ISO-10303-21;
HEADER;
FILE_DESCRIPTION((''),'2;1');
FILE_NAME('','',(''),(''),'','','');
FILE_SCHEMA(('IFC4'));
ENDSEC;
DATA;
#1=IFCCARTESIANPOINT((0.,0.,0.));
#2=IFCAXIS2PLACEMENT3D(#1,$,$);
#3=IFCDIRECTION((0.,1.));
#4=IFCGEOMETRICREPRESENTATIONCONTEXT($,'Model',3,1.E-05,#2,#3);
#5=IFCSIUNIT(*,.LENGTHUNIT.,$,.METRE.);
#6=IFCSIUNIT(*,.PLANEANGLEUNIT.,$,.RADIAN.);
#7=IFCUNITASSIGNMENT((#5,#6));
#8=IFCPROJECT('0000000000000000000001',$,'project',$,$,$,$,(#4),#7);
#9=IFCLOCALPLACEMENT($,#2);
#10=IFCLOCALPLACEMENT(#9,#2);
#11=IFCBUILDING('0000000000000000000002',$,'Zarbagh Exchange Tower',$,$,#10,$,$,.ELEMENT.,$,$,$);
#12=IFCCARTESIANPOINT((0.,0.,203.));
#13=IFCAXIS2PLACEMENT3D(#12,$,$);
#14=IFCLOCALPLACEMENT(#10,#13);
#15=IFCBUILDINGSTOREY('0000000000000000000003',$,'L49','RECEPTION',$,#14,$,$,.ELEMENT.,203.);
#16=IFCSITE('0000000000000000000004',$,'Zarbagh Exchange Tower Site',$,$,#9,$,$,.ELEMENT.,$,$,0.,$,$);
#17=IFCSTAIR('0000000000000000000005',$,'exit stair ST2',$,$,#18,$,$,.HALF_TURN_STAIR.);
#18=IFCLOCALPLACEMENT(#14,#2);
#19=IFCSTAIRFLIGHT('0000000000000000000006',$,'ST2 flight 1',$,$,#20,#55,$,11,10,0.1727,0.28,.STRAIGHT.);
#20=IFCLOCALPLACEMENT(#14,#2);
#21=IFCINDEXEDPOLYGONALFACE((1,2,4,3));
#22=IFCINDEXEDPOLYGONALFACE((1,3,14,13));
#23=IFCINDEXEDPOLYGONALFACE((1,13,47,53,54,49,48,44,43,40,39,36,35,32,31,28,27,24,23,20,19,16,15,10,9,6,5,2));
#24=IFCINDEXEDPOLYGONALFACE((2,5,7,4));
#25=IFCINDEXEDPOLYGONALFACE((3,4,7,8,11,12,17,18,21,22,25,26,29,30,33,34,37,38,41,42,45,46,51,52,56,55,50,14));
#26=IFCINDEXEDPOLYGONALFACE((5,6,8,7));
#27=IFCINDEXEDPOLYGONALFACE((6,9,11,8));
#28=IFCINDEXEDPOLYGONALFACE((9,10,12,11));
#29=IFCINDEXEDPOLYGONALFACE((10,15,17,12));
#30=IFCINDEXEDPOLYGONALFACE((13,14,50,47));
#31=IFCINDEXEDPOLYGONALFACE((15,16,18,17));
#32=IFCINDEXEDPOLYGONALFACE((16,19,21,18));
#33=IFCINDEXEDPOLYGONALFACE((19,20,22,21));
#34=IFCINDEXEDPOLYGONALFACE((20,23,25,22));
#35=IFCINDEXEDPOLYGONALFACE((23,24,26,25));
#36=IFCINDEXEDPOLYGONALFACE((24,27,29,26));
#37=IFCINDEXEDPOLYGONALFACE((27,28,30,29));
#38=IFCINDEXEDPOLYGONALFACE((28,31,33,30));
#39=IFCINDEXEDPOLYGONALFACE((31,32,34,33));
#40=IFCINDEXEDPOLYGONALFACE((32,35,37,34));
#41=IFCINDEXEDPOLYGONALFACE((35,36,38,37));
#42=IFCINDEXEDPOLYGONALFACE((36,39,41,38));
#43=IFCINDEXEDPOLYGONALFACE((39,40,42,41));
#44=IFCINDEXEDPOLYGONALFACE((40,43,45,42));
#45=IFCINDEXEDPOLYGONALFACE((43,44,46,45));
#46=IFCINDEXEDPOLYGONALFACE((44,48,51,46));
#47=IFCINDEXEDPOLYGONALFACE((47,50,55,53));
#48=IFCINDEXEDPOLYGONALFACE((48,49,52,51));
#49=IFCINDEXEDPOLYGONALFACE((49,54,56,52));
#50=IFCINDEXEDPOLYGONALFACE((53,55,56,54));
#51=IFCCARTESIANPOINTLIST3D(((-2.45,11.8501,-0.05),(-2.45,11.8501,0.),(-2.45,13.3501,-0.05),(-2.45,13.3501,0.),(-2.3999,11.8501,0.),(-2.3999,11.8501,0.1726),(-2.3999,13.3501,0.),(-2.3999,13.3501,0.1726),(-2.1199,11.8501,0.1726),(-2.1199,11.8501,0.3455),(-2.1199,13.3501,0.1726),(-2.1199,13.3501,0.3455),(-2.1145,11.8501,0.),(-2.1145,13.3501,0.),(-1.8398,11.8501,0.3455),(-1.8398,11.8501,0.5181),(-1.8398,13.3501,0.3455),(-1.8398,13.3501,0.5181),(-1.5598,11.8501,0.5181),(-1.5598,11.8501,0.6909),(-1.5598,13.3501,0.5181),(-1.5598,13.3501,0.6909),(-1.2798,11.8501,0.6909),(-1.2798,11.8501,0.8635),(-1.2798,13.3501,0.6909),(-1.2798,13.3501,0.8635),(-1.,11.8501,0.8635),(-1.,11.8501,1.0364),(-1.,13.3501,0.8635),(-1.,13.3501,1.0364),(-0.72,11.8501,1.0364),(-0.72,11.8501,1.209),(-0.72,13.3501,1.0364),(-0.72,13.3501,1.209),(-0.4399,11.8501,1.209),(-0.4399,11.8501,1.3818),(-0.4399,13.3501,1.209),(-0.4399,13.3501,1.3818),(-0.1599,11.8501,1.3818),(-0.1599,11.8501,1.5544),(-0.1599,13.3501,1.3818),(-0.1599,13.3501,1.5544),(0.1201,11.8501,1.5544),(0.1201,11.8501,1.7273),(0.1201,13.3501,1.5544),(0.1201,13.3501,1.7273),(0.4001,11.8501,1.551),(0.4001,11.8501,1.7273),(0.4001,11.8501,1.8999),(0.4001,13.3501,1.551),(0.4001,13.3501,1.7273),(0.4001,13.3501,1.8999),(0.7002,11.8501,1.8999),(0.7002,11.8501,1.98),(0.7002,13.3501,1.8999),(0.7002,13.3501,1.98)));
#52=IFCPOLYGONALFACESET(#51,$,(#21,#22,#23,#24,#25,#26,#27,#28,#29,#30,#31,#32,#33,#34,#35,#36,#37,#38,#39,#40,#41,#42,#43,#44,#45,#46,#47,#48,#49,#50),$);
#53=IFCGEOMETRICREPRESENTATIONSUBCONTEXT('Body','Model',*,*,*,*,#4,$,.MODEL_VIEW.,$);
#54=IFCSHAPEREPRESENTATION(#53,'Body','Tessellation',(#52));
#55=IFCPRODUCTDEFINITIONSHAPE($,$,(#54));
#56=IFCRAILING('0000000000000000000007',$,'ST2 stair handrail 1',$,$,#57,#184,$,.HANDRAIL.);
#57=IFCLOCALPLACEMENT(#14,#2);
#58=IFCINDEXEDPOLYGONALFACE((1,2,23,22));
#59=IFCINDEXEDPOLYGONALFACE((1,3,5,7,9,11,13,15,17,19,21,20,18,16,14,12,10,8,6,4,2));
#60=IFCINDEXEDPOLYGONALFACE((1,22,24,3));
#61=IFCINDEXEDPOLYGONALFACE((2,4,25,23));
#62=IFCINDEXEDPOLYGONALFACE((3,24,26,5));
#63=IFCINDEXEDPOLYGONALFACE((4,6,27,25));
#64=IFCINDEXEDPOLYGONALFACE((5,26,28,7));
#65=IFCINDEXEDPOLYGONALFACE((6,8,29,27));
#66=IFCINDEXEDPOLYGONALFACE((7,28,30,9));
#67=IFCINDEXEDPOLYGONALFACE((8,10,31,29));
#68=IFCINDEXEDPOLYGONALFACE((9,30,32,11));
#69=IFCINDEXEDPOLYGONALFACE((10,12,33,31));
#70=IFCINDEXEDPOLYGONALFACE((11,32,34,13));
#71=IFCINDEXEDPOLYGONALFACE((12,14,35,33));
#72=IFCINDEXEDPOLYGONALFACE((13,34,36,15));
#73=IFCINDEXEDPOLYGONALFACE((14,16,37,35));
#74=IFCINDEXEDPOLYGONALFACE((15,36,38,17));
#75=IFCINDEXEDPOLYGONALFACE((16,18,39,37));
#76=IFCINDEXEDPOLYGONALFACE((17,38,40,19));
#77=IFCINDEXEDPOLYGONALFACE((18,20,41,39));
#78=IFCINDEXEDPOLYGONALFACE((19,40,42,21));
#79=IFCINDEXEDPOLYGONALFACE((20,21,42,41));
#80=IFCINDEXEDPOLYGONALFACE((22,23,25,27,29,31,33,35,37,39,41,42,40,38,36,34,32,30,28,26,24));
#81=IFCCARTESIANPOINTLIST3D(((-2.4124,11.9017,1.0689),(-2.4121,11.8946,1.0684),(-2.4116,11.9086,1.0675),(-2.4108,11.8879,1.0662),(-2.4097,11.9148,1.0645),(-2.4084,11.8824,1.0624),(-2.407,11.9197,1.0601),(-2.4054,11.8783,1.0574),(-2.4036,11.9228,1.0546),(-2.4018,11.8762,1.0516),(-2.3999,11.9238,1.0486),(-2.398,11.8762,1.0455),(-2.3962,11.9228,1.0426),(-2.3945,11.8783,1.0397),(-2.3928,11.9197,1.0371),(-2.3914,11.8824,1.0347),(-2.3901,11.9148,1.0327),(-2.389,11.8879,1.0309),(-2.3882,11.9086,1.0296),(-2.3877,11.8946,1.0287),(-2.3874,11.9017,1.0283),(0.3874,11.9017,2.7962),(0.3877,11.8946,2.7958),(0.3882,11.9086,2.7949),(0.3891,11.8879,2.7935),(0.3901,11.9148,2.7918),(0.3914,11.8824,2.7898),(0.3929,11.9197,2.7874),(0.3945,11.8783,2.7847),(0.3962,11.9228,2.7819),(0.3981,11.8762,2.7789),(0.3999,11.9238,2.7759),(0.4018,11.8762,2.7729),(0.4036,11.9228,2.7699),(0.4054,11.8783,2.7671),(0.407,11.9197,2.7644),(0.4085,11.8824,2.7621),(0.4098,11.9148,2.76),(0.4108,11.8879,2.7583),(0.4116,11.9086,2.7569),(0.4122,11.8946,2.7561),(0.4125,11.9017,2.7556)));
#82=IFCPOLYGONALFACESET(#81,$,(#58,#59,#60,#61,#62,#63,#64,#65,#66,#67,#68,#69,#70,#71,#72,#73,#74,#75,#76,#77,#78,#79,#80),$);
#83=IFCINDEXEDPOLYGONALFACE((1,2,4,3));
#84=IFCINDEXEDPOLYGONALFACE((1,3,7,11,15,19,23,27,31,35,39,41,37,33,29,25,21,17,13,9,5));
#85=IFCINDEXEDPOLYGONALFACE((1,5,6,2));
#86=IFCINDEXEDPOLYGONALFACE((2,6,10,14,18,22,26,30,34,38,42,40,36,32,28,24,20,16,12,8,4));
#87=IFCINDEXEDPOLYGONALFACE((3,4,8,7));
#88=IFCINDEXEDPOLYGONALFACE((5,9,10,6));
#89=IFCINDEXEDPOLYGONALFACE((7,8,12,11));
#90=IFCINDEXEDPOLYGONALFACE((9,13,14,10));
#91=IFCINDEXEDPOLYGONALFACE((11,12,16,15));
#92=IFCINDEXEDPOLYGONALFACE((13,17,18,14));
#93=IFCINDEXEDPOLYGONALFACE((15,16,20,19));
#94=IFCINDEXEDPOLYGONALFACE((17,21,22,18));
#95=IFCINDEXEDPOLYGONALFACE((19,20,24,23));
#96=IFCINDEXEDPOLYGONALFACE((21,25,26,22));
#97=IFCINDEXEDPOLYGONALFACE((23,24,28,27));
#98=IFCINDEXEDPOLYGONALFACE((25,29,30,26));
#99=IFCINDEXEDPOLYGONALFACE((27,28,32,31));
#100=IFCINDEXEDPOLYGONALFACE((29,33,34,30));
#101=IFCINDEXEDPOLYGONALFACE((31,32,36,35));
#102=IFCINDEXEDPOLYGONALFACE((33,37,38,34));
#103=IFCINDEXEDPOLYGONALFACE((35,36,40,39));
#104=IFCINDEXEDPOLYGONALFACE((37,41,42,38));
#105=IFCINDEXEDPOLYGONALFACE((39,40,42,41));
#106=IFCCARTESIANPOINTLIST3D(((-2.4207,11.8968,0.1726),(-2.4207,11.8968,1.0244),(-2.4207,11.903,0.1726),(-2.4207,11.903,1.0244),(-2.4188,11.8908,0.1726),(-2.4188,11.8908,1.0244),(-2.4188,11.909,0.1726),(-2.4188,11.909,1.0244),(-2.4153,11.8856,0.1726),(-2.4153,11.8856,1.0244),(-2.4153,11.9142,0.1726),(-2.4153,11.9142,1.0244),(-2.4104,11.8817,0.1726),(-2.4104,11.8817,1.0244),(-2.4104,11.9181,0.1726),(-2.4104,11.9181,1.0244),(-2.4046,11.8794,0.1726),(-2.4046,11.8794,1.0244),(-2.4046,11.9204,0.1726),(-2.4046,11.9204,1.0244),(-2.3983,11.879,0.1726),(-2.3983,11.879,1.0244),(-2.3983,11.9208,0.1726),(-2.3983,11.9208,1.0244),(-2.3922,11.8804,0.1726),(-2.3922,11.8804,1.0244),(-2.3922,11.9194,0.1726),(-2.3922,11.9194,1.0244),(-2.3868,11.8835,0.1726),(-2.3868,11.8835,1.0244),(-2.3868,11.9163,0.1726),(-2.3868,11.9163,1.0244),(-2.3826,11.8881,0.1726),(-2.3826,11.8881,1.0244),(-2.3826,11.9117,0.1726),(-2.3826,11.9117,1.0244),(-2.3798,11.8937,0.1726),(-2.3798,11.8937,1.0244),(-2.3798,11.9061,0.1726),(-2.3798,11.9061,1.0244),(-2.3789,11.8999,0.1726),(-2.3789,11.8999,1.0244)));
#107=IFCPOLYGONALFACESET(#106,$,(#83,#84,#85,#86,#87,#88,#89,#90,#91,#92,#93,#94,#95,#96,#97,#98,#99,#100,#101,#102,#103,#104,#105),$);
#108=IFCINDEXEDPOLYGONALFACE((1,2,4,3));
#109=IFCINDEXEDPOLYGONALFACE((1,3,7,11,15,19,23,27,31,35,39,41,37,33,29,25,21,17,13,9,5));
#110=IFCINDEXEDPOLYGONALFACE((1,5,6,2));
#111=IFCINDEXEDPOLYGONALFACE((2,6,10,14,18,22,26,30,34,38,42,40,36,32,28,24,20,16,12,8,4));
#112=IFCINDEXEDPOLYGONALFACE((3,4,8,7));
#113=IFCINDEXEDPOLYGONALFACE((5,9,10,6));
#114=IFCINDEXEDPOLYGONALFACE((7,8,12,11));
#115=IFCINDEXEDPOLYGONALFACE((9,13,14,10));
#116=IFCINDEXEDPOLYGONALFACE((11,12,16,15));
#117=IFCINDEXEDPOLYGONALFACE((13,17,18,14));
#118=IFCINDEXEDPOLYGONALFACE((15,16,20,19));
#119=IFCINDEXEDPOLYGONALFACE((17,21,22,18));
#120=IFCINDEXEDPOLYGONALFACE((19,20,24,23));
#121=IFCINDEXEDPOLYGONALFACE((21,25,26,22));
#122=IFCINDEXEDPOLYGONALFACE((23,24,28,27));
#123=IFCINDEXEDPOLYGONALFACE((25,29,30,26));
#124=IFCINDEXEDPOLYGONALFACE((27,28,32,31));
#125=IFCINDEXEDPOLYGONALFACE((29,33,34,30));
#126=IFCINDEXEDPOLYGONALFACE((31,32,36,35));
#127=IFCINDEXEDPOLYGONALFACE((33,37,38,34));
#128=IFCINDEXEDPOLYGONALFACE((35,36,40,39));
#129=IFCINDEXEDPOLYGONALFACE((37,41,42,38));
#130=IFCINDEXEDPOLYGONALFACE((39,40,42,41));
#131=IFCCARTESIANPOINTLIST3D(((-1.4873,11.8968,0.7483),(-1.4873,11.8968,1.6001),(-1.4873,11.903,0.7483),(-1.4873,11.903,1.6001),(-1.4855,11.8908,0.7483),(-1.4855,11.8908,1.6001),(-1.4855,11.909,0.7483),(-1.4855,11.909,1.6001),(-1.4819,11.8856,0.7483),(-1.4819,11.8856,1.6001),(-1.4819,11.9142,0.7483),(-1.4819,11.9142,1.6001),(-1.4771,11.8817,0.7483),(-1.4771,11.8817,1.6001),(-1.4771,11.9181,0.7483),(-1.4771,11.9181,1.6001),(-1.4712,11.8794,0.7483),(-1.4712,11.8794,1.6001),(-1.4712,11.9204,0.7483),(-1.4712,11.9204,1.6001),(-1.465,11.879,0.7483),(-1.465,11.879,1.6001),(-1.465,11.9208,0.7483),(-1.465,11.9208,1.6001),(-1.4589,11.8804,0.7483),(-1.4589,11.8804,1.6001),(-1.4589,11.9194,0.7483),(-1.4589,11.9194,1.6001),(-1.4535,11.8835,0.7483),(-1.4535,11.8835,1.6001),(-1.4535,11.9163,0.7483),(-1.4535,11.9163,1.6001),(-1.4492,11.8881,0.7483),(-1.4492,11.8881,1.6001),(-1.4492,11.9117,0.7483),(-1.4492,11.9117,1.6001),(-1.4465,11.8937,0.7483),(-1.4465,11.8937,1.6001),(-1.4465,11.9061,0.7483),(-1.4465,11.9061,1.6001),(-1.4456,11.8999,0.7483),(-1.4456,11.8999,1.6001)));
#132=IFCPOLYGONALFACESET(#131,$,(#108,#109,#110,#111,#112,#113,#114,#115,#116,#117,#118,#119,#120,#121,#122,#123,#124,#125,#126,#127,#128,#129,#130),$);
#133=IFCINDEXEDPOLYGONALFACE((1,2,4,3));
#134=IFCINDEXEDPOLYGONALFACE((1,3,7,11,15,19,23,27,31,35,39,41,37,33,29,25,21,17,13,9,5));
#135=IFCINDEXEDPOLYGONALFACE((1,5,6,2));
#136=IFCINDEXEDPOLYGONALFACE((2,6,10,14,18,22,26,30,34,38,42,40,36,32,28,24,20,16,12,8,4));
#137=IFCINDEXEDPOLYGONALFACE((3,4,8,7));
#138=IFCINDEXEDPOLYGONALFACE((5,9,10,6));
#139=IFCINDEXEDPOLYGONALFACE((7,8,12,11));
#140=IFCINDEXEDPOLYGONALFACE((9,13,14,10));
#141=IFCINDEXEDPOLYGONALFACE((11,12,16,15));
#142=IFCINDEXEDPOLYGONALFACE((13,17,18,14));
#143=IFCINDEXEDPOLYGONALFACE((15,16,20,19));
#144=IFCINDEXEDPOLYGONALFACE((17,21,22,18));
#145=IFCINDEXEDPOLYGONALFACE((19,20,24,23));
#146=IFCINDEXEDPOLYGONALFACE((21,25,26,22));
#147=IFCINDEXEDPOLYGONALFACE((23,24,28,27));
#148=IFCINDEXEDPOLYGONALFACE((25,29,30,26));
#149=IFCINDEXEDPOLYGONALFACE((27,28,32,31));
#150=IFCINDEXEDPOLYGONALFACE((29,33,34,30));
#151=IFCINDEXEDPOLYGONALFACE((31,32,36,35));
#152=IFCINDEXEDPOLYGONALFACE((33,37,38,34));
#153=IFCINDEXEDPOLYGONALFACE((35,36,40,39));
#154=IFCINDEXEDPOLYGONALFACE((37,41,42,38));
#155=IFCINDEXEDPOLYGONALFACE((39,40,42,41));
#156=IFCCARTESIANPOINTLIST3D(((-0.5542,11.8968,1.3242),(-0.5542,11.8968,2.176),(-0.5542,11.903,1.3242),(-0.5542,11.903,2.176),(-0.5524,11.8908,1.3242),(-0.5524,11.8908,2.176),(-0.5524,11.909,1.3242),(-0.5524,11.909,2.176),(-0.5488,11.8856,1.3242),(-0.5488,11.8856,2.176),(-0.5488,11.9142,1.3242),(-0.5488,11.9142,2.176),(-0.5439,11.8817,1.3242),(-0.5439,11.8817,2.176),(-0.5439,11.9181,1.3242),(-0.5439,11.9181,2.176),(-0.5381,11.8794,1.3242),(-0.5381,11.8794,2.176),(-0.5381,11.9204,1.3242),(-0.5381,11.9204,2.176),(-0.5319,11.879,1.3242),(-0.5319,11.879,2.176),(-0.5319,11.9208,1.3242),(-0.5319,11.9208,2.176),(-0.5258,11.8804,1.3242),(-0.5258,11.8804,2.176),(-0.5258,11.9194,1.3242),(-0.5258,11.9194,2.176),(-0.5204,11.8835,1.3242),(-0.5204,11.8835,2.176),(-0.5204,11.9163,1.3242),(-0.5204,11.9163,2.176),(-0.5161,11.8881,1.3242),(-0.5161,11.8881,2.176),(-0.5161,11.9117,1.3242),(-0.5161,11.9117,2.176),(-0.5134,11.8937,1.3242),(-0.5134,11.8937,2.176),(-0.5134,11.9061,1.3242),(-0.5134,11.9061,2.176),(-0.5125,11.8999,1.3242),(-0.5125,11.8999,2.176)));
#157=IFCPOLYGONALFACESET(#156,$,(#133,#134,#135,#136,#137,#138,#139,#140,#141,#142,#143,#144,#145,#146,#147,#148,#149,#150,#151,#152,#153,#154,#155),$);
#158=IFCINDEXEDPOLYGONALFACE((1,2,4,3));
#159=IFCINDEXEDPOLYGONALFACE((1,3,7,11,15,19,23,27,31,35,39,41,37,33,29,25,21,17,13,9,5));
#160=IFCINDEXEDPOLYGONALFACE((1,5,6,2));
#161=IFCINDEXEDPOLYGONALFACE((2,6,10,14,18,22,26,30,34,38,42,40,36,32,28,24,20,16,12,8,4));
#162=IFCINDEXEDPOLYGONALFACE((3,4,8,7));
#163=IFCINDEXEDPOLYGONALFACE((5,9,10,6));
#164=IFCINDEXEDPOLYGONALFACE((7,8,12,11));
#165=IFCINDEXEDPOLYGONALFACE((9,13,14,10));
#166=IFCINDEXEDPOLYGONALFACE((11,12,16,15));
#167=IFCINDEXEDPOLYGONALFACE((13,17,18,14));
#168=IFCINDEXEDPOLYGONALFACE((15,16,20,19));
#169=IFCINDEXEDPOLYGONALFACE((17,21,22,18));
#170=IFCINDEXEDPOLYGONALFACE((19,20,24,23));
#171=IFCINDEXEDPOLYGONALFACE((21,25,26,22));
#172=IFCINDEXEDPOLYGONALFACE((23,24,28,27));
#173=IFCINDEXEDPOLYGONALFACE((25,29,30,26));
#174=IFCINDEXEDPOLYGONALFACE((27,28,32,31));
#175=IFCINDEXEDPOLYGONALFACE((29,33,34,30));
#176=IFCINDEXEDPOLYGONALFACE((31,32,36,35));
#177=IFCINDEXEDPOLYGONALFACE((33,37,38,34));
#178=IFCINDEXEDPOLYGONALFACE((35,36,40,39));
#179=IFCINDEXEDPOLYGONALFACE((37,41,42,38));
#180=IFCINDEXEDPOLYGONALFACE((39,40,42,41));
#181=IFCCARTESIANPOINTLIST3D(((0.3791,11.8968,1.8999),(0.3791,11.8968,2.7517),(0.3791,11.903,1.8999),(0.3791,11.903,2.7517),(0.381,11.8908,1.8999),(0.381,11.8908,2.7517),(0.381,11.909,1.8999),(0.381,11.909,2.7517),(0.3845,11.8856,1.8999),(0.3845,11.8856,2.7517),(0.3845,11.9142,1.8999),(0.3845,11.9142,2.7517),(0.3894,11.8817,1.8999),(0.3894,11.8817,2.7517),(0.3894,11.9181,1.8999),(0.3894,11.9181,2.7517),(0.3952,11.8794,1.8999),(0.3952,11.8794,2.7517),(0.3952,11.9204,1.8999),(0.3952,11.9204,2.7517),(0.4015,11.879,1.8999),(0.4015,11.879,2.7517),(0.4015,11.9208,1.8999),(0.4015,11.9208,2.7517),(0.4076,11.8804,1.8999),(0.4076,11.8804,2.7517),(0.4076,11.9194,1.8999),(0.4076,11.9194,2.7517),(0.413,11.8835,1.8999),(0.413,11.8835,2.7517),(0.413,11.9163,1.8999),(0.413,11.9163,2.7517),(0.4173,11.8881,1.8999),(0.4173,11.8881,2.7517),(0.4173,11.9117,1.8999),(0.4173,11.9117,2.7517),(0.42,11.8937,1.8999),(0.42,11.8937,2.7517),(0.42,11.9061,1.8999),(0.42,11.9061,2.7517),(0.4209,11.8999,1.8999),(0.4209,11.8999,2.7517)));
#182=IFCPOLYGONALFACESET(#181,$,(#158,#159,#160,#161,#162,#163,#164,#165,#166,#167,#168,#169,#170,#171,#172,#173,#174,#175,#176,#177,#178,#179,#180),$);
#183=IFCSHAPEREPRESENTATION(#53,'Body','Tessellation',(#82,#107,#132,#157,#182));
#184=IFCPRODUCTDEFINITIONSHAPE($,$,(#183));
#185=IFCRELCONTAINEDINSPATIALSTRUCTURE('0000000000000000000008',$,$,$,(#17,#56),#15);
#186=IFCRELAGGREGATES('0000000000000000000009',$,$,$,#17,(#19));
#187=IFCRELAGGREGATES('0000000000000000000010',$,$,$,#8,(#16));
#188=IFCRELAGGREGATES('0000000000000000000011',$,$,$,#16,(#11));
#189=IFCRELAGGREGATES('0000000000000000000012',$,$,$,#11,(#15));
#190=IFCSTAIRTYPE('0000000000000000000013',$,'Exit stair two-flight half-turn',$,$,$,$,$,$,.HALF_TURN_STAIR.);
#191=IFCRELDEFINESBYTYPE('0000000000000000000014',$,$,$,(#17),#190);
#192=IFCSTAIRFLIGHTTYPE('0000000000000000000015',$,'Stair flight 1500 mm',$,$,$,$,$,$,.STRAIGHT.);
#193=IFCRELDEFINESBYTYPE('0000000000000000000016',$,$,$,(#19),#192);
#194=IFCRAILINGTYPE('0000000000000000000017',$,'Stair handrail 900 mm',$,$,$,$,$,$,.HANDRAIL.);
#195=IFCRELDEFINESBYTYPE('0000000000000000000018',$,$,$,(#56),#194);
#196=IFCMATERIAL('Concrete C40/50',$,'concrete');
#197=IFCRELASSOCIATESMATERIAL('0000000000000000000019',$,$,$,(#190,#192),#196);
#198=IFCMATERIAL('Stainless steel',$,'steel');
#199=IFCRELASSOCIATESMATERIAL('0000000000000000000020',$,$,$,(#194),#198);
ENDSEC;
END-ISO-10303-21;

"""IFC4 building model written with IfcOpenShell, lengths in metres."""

from ifc_helpers import new_model, si_unit, direction, frame, origin, origin_2d, place, context, subcontext, project, spatial, polyline, circle, outline, extrude, material, type_object, element, aggregate, save


model = new_model("IFC4")

# Units and contexts
model_context = context("Model", 3, precision=1e-05, world=origin(), true_north=direction((0.0, 1.0)))
body_context = subcontext(model_context, "Body", "Model", "MODEL_VIEW")
ifc_project = project(units=[si_unit("LENGTHUNIT", "METRE"), si_unit("PLANEANGLEUNIT", "RADIAN")], contexts=[model_context])

# Site, building, storey
site_placement = place(None, origin())
site = spatial("IfcSite", under=ifc_project, at=site_placement, Name="Zarbagh Exchange Tower Site", CompositionType="ELEMENT", RefElevation=0.0)
building_placement = place(site_placement, origin())
building = spatial("IfcBuilding", under=site, at=building_placement, Name="Zarbagh Exchange Tower", CompositionType="ELEMENT")
storey_placement = place(building_placement, frame((0.0, 0.0, 203.0)))
storey = spatial("IfcBuildingStorey", under=building, at=storey_placement, Name="L49", Description="RECEPTION", CompositionType="ELEMENT", Elevation=203.0)

# Shared definitions
ifc_material_1 = material(Name="Concrete C40/50", Category="concrete")

# Stair, stair flight
stair_type = type_object("IfcStairType", Name="Exit stair two-flight half-turn", PredefinedType="HALF_TURN_STAIR", material=ifc_material_1)
stair_placement = place(storey_placement, origin())
stair = element("IfcStair", 1, at=stair_placement, inside=storey, type_object=stair_type, Name="exit stair ST2", PredefinedType="HALF_TURN_STAIR")
stair_flight_type = type_object("IfcStairFlightType", Name="Stair flight 1500 mm", PredefinedType="STRAIGHT", material=ifc_material_1)
stair_flight_placement = place(storey_placement, frame((-2.3999, 12.6001, 0.0), z_axis=(0.0, 0.0, 1.0), x_axis=(1.0, 0.0, 0.0)))
stair_flight = element("IfcStairFlight", 2, at=stair_flight_placement, type_object=stair_flight_type, Name="ST2 flight 1", NumberOfRisers=11, NumberOfTreads=10, PredefinedType="STRAIGHT", RiserHeight=0.1727, TreadLength=0.28, context=body_context, shape_type="SweptSolid", body=[
    extrude(outline(polyline([(-0.05, -0.05), (-0.05, 0.0), (0.0, 0.0), (0.0, 0.1726), (0.28, 0.1726), (0.28, 0.3455), (0.5601, 0.3455), (0.5601, 0.5181), (0.8401, 0.5181), (0.8401, 0.6909), (1.1201, 0.6909), (1.1201, 0.8635), (1.3999, 0.8635), (1.3999, 1.0364), (1.6799, 1.0364), (1.6799, 1.209), (1.96, 1.209), (1.96, 1.3818), (2.24, 1.3818), (2.24, 1.5544), (2.52, 1.5544), (2.52, 1.7273), (2.8, 1.7273), (2.8, 1.8999), (3.1001, 1.98), (3.1001, 1.8999), (2.8, 1.551), (0.2854, 0.0), (-0.05, -0.05)])), frame((0.0, 0.75, 0.0), z_axis=(0.0, -1.0, 0.0), x_axis=(1.0, 0.0, 0.0)), (0.0, 0.0, 1.0), 1.5),
])
aggregate(stair, [stair_flight])

# Railing
ifc_material_2 = material(Name="Stainless steel", Category="steel")
railing_type_1 = type_object("IfcRailingType", Name="Stair handrail 900 mm", PredefinedType="HANDRAIL", material=ifc_material_2)
railing_1_placement = place(storey_placement, frame((-2.3999, 11.8999, 0.1726)))
element("IfcRailing", 3, at=railing_1_placement, inside=storey, type_object=railing_type_1, Name="ST2 stair handrail 1", PredefinedType="HANDRAIL", context=body_context, shape_type="SweptSolid", body=[
    extrude(circle(Radius=0.0239, at=origin_2d()), frame((0.0, 0.0, 0.876), z_axis=(0.851069, 0.0, 0.525054), x_axis=(0.0, 1.0, 0.0)), (0.0, 0.0, 1.0), 3.2898),
    extrude(circle(Radius=0.021, at=origin_2d()), origin(), (0.0, 0.0, 1.0), 0.8518),
    extrude(circle(Radius=0.021, at=origin_2d()), frame((0.9333, 0.0, 0.5757)), (0.0, 0.0, 1.0), 0.8518),
    extrude(circle(Radius=0.021, at=origin_2d()), frame((1.8665, 0.0, 1.1516)), (0.0, 0.0, 1.0), 0.8518),
    extrude(circle(Radius=0.021, at=origin_2d()), frame((2.7998, 0.0, 1.7273)), (0.0, 0.0, 1.0), 0.8518),
])

save(model, "model.ifc")
